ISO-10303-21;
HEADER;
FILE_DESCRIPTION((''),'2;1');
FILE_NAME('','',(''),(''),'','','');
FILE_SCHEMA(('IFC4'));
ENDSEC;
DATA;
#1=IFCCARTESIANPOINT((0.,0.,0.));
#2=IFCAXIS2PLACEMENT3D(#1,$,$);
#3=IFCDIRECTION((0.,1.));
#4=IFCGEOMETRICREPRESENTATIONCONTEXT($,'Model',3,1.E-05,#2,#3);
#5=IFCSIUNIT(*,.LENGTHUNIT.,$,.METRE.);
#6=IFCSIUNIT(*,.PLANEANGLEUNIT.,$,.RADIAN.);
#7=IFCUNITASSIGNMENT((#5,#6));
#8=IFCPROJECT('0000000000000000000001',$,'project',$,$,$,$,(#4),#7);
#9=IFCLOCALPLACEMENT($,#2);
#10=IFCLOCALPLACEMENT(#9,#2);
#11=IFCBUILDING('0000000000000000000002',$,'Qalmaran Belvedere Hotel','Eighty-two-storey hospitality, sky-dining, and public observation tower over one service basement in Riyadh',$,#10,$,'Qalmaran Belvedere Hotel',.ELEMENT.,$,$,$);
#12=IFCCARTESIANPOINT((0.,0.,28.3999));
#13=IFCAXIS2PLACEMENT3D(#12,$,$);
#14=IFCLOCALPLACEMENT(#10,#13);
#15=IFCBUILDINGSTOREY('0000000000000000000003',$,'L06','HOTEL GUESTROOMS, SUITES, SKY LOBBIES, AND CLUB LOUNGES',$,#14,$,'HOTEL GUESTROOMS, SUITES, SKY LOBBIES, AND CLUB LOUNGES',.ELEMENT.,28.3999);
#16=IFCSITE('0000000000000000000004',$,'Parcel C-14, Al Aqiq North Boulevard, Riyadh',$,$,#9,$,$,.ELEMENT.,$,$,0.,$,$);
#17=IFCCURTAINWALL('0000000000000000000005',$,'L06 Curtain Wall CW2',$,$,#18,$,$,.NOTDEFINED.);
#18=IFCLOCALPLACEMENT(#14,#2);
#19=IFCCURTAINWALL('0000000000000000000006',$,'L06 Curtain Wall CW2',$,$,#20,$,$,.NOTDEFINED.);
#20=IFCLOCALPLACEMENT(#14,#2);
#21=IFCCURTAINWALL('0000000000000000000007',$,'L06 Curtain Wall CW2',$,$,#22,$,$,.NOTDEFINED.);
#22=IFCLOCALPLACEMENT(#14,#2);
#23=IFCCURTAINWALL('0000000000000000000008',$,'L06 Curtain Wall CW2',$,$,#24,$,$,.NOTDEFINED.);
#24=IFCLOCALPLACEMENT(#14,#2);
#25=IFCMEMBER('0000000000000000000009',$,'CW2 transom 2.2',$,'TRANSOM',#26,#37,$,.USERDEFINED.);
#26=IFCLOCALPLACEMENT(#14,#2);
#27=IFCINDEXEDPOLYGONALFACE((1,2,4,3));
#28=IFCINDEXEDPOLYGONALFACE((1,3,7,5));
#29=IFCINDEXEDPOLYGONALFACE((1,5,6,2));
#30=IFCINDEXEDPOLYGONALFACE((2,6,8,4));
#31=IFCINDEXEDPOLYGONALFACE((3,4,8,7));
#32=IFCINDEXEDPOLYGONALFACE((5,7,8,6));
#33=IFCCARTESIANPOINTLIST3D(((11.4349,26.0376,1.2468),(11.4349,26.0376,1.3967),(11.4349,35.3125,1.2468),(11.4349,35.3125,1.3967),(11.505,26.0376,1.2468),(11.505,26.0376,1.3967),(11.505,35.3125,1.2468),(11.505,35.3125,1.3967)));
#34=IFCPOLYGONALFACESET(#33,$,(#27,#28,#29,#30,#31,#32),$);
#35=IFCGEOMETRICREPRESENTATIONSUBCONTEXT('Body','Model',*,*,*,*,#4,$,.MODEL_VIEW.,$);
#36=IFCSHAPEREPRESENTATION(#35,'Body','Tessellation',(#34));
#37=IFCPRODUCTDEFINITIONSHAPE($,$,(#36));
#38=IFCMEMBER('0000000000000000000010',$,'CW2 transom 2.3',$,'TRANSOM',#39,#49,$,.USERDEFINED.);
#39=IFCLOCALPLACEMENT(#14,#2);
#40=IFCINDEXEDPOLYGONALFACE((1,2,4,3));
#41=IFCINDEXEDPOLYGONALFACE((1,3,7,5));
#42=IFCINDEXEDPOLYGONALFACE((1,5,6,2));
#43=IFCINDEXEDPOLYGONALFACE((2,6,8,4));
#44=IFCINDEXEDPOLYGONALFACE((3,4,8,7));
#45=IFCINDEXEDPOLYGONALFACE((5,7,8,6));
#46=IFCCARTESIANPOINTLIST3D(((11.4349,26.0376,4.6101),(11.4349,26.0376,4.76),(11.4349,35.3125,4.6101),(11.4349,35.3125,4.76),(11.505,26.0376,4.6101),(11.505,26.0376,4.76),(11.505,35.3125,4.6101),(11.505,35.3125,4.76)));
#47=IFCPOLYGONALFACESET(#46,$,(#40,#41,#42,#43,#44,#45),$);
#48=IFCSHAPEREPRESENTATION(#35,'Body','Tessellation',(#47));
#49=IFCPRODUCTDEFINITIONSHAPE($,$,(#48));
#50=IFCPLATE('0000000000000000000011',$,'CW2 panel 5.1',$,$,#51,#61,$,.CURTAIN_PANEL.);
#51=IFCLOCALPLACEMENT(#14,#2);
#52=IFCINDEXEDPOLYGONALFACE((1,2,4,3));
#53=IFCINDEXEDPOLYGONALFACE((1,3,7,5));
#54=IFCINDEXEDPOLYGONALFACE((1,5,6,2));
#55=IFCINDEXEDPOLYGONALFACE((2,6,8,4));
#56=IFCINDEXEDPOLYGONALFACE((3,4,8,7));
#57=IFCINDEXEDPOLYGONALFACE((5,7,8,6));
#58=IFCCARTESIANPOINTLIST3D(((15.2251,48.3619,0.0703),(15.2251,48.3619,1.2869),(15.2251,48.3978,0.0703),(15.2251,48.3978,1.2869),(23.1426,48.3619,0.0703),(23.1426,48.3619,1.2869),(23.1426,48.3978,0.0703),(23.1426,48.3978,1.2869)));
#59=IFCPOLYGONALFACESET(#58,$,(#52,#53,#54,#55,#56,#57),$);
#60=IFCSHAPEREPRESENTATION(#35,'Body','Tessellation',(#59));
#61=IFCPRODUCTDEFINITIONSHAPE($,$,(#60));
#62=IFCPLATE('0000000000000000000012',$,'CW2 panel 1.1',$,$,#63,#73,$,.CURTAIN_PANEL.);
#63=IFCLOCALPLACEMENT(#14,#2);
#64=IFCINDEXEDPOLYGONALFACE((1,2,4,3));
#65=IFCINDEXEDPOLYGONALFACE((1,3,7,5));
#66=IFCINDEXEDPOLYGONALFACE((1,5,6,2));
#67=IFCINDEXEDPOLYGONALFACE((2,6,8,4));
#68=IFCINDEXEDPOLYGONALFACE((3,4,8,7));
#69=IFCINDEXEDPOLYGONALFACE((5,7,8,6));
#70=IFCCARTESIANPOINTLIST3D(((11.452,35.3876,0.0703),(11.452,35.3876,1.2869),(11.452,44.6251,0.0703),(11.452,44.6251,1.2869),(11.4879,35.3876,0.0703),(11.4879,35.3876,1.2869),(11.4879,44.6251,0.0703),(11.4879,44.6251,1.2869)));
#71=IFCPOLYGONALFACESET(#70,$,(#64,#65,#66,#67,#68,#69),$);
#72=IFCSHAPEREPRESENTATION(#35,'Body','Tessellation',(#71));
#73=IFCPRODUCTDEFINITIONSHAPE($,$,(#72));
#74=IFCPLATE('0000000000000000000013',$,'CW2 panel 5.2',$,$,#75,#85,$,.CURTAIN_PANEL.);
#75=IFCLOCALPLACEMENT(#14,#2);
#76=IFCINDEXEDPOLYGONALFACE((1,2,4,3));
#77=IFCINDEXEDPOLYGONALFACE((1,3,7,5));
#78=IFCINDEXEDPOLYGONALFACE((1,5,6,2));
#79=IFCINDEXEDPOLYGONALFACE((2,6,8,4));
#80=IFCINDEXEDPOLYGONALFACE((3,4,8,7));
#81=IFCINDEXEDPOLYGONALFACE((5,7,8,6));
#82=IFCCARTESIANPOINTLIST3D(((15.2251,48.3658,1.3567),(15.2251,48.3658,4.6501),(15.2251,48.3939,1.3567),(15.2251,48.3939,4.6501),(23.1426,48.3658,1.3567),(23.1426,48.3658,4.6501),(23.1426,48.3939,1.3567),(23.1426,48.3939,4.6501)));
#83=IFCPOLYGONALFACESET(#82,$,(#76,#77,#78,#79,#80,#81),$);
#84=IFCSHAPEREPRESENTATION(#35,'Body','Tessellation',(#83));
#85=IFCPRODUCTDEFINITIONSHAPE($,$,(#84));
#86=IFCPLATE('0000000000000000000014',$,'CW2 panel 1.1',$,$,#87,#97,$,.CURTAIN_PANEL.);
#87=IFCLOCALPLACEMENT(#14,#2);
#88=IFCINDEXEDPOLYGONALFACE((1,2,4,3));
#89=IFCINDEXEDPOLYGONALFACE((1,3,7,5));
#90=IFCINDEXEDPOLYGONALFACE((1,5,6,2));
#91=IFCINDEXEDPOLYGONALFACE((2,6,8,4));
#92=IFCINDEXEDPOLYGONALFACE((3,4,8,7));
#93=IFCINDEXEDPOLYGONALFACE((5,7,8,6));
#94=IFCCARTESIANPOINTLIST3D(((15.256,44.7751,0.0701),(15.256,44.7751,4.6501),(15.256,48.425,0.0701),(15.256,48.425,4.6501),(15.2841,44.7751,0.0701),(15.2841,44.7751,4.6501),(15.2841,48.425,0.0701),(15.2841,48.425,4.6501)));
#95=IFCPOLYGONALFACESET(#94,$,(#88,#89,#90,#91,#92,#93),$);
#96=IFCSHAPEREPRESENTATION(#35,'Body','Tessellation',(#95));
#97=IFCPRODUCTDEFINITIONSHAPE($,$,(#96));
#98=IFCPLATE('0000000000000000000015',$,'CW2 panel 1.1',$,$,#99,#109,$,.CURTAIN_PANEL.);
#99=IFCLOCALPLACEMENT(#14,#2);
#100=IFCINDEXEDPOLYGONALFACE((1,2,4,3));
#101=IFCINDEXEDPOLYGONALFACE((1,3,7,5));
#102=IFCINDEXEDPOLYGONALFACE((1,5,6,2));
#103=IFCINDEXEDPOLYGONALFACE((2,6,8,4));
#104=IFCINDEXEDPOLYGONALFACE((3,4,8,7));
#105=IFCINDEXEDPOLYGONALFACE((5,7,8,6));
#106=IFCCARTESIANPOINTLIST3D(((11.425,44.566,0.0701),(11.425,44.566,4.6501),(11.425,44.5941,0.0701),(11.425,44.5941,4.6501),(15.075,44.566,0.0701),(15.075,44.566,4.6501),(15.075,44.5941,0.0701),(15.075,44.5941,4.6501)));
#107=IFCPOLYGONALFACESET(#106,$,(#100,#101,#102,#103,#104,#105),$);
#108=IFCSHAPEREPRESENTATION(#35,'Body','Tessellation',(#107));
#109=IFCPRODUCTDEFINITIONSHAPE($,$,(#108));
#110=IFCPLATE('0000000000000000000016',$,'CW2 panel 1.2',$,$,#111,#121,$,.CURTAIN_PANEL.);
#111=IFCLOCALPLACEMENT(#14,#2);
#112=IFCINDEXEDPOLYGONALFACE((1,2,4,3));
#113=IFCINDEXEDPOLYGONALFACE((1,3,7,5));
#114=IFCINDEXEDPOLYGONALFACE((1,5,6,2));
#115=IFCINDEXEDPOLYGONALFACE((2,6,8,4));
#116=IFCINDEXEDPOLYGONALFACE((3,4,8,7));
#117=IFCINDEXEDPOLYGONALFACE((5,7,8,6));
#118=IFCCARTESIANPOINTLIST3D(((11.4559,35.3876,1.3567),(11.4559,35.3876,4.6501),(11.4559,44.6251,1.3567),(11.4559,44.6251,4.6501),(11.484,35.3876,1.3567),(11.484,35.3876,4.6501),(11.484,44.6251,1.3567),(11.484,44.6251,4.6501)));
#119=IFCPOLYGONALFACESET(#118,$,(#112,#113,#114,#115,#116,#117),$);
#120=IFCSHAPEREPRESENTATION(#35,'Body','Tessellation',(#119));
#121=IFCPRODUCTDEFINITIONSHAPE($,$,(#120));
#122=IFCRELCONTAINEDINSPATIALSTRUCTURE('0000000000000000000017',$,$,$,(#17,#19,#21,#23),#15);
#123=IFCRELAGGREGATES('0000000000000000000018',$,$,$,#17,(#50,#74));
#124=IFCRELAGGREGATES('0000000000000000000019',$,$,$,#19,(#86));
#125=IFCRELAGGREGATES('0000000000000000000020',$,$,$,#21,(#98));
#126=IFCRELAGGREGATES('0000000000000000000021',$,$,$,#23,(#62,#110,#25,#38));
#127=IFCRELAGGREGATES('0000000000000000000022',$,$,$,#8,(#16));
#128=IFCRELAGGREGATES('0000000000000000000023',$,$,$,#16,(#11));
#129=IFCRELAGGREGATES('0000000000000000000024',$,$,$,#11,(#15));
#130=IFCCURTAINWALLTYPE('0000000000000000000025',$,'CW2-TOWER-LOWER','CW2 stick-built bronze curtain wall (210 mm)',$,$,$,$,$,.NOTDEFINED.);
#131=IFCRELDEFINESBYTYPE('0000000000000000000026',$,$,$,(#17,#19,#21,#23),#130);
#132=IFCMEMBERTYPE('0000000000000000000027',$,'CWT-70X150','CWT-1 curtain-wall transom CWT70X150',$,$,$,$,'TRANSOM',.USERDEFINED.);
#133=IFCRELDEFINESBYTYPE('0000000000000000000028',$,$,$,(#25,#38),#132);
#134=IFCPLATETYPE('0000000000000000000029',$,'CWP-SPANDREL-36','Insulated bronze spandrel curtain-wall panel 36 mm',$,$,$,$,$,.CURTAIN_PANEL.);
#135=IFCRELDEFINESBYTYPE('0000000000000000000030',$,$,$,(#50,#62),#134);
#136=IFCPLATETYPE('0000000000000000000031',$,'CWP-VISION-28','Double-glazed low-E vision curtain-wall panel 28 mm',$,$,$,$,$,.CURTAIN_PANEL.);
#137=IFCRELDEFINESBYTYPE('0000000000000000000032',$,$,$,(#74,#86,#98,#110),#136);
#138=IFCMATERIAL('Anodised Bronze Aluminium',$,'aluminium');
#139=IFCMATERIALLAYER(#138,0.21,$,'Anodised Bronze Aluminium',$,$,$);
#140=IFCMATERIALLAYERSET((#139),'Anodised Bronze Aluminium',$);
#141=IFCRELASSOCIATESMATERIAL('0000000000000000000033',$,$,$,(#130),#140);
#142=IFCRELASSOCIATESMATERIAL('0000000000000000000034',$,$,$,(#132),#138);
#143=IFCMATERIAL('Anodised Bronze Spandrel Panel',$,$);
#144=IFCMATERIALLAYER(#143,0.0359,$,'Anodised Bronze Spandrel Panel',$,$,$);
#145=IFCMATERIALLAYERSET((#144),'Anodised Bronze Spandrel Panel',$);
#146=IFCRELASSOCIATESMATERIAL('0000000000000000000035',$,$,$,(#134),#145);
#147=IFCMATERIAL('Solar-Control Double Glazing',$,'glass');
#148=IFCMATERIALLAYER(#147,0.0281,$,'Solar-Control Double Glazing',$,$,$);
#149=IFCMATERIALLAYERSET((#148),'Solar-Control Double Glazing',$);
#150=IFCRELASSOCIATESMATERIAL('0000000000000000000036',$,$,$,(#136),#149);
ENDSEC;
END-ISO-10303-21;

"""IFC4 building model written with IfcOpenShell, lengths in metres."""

from ifc_helpers import new_model, si_unit, direction, frame, origin, origin_2d, place, context, subcontext, project, spatial, rectangle, extrude, material, layer, layer_set, material_profile, profile_set, type_object, element, aggregate, save


model = new_model("IFC4")

# Units and contexts
model_context = context("Model", 3, precision=1e-05, world=origin(), true_north=direction((0.0, 1.0)))
body_context = subcontext(model_context, "Body", "Model", "MODEL_VIEW")
ifc_project = project(units=[si_unit("LENGTHUNIT", "METRE"), si_unit("PLANEANGLEUNIT", "RADIAN")], contexts=[model_context])

# Site, building, storey
site_placement = place(None, origin())
site = spatial("IfcSite", under=ifc_project, at=site_placement, Name="Parcel C-14, Al Aqiq North Boulevard, Riyadh", CompositionType="ELEMENT", RefElevation=0.0)
building_placement = place(site_placement, origin())
building = spatial("IfcBuilding", under=site, at=building_placement, Name="Qalmaran Belvedere Hotel", Description="Eighty-two-storey hospitality, sky-dining, and public observation tower over one service basement in Riyadh", LongName="Qalmaran Belvedere Hotel", CompositionType="ELEMENT")
storey_placement = place(building_placement, frame((0.0, 0.0, 28.3999)))
storey = spatial("IfcBuildingStorey", under=building, at=storey_placement, Name="L06", Description="HOTEL GUESTROOMS, SUITES, SKY LOBBIES, AND CLUB LOUNGES", LongName="HOTEL GUESTROOMS, SUITES, SKY LOBBIES, AND CLUB LOUNGES", CompositionType="ELEMENT", Elevation=28.3999)

# Curtain wall
ifc_material_1 = material(Name="Anodised Bronze Aluminium", Category="aluminium")
ifc_layer_1 = layer(ifc_material_1, 0.21, Name="Anodised Bronze Aluminium")
ifc_layer_set_1 = layer_set([ifc_layer_1], Name="Anodised Bronze Aluminium")
curtain_wall_type = type_object("IfcCurtainWallType", Name="CW2-TOWER-LOWER", Description="CW2 stick-built bronze curtain wall (210 mm)", PredefinedType="NOTDEFINED", material=ifc_layer_set_1)
curtain_wall_1_placement = place(storey_placement, origin())
curtain_wall_1 = element("IfcCurtainWall", 1, at=curtain_wall_1_placement, inside=storey, type_object=curtain_wall_type, Name="L06 Curtain Wall CW2", PredefinedType="NOTDEFINED")

# Curtain walls
curtain_wall_2_placement = place(storey_placement, origin())
curtain_wall_2 = element("IfcCurtainWall", 2, at=curtain_wall_2_placement, inside=storey, type_object=curtain_wall_type, Name="L06 Curtain Wall CW2", PredefinedType="NOTDEFINED")
curtain_wall_3_placement = place(storey_placement, origin())
curtain_wall_3 = element("IfcCurtainWall", 3, at=curtain_wall_3_placement, inside=storey, type_object=curtain_wall_type, Name="L06 Curtain Wall CW2", PredefinedType="NOTDEFINED")
curtain_wall_4_placement = place(storey_placement, origin())
curtain_wall_4 = element("IfcCurtainWall", 4, at=curtain_wall_4_placement, inside=storey, type_object=curtain_wall_type, Name="L06 Curtain Wall CW2", PredefinedType="NOTDEFINED")

# Members
ifc_material_profile_1 = material_profile(ifc_material_1, rectangle(XDim=0.0701, YDim=0.1499, at=origin_2d()), Name="CWT70X150")
ifc_profile_set_1 = profile_set([ifc_material_profile_1], Name="Anodised Bronze Aluminium")
member_type_1 = type_object("IfcMemberType", Name="CWT-70X150", Description="CWT-1 curtain-wall transom CWT70X150", ElementType="TRANSOM", PredefinedType="USERDEFINED", material=ifc_profile_set_1)
member_1_placement = place(storey_placement, frame((11.47, 35.3125, 1.3218), z_axis=(0.0, -1.0, 0.0), x_axis=(1.0, 0.0, 0.0)))
member_1 = element("IfcMember", 5, at=member_1_placement, type_object=member_type_1, Name="CW2 transom 2.2", ObjectType="TRANSOM", PredefinedType="USERDEFINED", context=body_context, shape_type="SweptSolid", body=[
    extrude(rectangle(XDim=0.0701, YDim=0.1499, at=origin_2d()), origin(), (0.0, 0.0, 1.0), 9.2749),
])
member_2_placement = place(storey_placement, frame((11.47, 35.3125, 4.6851), z_axis=(0.0, -1.0, 0.0), x_axis=(1.0, 0.0, 0.0)))
member_2 = element("IfcMember", 6, at=member_2_placement, type_object=member_type_1, Name="CW2 transom 2.3", ObjectType="TRANSOM", PredefinedType="USERDEFINED", context=body_context, shape_type="SweptSolid", body=[
    extrude(rectangle(XDim=0.0701, YDim=0.1499, at=origin_2d()), origin(), (0.0, 0.0, 1.0), 9.2749),
])

# Plates
ifc_material_2 = material(Name="Anodised Bronze Spandrel Panel")
ifc_layer_2 = layer(ifc_material_2, 0.0359, Name="Anodised Bronze Spandrel Panel")
ifc_layer_set_2 = layer_set([ifc_layer_2], Name="Anodised Bronze Spandrel Panel")
plate_type_1 = type_object("IfcPlateType", Name="CWP-SPANDREL-36", Description="Insulated bronze spandrel curtain-wall panel 36 mm", PredefinedType="CURTAIN_PANEL", material=ifc_layer_set_2)
plate_1_placement = place(storey_placement, frame((19.1838, 48.3799, 0.0703), z_axis=(0.0, 0.0, 1.0), x_axis=(-1.0, 0.0, 0.0)))
plate_1 = element("IfcPlate", 7, at=plate_1_placement, type_object=plate_type_1, Name="CW2 panel 5.1", PredefinedType="CURTAIN_PANEL", context=body_context, shape_type="SweptSolid", body=[
    extrude(rectangle(XDim=7.9175, YDim=0.0359, at=origin_2d()), origin(), (0.0, 0.0, 1.0), 1.2166),
])
plate_2_placement = place(storey_placement, frame((11.47, 40.0063, 0.0703), z_axis=(0.0, 0.0, 1.0), x_axis=(0.0, -1.0, 0.0)))
plate_2 = element("IfcPlate", 8, at=plate_2_placement, type_object=plate_type_1, Name="CW2 panel 1.1", PredefinedType="CURTAIN_PANEL", context=body_context, shape_type="SweptSolid", body=[
    extrude(rectangle(XDim=9.2375, YDim=0.0359, at=origin_2d()), origin(), (0.0, 0.0, 1.0), 1.2166),
])
ifc_material_3 = material(Name="Solar-Control Double Glazing", Category="glass")
ifc_layer_3 = layer(ifc_material_3, 0.0281, Name="Solar-Control Double Glazing")
ifc_layer_set_3 = layer_set([ifc_layer_3], Name="Solar-Control Double Glazing")
plate_type_2 = type_object("IfcPlateType", Name="CWP-VISION-28", Description="Double-glazed low-E vision curtain-wall panel 28 mm", PredefinedType="CURTAIN_PANEL", material=ifc_layer_set_3)
plate_3_placement = place(storey_placement, frame((19.1838, 48.3799, 1.3567), z_axis=(0.0, 0.0, 1.0), x_axis=(-1.0, 0.0, 0.0)))
plate_3 = element("IfcPlate", 9, at=plate_3_placement, type_object=plate_type_2, Name="CW2 panel 5.2", PredefinedType="CURTAIN_PANEL", context=body_context, shape_type="SweptSolid", body=[
    extrude(rectangle(XDim=7.9175, YDim=0.0281, at=origin_2d()), origin(), (0.0, 0.0, 1.0), 3.2935),
])
aggregate(curtain_wall_1, [plate_1, plate_3])
plate_4_placement = place(storey_placement, frame((15.27, 46.6001, 0.0701), z_axis=(0.0, 0.0, 1.0), x_axis=(0.0, -1.0, 0.0)))
plate_4 = element("IfcPlate", 10, at=plate_4_placement, type_object=plate_type_2, Name="CW2 panel 1.1", PredefinedType="CURTAIN_PANEL", context=body_context, shape_type="SweptSolid", body=[
    extrude(rectangle(XDim=3.6499, YDim=0.0281, at=origin_2d()), origin(), (0.0, 0.0, 1.0), 4.5801),
])
aggregate(curtain_wall_2, [plate_4])
plate_5_placement = place(storey_placement, frame((13.25, 44.5801, 0.0701), z_axis=(0.0, 0.0, 1.0), x_axis=(-1.0, 0.0, 0.0)))
plate_5 = element("IfcPlate", 11, at=plate_5_placement, type_object=plate_type_2, Name="CW2 panel 1.1", PredefinedType="CURTAIN_PANEL", context=body_context, shape_type="SweptSolid", body=[
    extrude(rectangle(XDim=3.6499, YDim=0.0281, at=origin_2d()), origin(), (0.0, 0.0, 1.0), 4.5801),
])
aggregate(curtain_wall_3, [plate_5])
plate_6_placement = place(storey_placement, frame((11.47, 40.0063, 1.3567), z_axis=(0.0, 0.0, 1.0), x_axis=(0.0, -1.0, 0.0)))
plate_6 = element("IfcPlate", 12, at=plate_6_placement, type_object=plate_type_2, Name="CW2 panel 1.2", PredefinedType="CURTAIN_PANEL", context=body_context, shape_type="SweptSolid", body=[
    extrude(rectangle(XDim=9.2375, YDim=0.0281, at=origin_2d()), origin(), (0.0, 0.0, 1.0), 3.2935),
])
aggregate(curtain_wall_4, [plate_2, plate_6, member_1, member_2])

save(model, "model.ifc")
